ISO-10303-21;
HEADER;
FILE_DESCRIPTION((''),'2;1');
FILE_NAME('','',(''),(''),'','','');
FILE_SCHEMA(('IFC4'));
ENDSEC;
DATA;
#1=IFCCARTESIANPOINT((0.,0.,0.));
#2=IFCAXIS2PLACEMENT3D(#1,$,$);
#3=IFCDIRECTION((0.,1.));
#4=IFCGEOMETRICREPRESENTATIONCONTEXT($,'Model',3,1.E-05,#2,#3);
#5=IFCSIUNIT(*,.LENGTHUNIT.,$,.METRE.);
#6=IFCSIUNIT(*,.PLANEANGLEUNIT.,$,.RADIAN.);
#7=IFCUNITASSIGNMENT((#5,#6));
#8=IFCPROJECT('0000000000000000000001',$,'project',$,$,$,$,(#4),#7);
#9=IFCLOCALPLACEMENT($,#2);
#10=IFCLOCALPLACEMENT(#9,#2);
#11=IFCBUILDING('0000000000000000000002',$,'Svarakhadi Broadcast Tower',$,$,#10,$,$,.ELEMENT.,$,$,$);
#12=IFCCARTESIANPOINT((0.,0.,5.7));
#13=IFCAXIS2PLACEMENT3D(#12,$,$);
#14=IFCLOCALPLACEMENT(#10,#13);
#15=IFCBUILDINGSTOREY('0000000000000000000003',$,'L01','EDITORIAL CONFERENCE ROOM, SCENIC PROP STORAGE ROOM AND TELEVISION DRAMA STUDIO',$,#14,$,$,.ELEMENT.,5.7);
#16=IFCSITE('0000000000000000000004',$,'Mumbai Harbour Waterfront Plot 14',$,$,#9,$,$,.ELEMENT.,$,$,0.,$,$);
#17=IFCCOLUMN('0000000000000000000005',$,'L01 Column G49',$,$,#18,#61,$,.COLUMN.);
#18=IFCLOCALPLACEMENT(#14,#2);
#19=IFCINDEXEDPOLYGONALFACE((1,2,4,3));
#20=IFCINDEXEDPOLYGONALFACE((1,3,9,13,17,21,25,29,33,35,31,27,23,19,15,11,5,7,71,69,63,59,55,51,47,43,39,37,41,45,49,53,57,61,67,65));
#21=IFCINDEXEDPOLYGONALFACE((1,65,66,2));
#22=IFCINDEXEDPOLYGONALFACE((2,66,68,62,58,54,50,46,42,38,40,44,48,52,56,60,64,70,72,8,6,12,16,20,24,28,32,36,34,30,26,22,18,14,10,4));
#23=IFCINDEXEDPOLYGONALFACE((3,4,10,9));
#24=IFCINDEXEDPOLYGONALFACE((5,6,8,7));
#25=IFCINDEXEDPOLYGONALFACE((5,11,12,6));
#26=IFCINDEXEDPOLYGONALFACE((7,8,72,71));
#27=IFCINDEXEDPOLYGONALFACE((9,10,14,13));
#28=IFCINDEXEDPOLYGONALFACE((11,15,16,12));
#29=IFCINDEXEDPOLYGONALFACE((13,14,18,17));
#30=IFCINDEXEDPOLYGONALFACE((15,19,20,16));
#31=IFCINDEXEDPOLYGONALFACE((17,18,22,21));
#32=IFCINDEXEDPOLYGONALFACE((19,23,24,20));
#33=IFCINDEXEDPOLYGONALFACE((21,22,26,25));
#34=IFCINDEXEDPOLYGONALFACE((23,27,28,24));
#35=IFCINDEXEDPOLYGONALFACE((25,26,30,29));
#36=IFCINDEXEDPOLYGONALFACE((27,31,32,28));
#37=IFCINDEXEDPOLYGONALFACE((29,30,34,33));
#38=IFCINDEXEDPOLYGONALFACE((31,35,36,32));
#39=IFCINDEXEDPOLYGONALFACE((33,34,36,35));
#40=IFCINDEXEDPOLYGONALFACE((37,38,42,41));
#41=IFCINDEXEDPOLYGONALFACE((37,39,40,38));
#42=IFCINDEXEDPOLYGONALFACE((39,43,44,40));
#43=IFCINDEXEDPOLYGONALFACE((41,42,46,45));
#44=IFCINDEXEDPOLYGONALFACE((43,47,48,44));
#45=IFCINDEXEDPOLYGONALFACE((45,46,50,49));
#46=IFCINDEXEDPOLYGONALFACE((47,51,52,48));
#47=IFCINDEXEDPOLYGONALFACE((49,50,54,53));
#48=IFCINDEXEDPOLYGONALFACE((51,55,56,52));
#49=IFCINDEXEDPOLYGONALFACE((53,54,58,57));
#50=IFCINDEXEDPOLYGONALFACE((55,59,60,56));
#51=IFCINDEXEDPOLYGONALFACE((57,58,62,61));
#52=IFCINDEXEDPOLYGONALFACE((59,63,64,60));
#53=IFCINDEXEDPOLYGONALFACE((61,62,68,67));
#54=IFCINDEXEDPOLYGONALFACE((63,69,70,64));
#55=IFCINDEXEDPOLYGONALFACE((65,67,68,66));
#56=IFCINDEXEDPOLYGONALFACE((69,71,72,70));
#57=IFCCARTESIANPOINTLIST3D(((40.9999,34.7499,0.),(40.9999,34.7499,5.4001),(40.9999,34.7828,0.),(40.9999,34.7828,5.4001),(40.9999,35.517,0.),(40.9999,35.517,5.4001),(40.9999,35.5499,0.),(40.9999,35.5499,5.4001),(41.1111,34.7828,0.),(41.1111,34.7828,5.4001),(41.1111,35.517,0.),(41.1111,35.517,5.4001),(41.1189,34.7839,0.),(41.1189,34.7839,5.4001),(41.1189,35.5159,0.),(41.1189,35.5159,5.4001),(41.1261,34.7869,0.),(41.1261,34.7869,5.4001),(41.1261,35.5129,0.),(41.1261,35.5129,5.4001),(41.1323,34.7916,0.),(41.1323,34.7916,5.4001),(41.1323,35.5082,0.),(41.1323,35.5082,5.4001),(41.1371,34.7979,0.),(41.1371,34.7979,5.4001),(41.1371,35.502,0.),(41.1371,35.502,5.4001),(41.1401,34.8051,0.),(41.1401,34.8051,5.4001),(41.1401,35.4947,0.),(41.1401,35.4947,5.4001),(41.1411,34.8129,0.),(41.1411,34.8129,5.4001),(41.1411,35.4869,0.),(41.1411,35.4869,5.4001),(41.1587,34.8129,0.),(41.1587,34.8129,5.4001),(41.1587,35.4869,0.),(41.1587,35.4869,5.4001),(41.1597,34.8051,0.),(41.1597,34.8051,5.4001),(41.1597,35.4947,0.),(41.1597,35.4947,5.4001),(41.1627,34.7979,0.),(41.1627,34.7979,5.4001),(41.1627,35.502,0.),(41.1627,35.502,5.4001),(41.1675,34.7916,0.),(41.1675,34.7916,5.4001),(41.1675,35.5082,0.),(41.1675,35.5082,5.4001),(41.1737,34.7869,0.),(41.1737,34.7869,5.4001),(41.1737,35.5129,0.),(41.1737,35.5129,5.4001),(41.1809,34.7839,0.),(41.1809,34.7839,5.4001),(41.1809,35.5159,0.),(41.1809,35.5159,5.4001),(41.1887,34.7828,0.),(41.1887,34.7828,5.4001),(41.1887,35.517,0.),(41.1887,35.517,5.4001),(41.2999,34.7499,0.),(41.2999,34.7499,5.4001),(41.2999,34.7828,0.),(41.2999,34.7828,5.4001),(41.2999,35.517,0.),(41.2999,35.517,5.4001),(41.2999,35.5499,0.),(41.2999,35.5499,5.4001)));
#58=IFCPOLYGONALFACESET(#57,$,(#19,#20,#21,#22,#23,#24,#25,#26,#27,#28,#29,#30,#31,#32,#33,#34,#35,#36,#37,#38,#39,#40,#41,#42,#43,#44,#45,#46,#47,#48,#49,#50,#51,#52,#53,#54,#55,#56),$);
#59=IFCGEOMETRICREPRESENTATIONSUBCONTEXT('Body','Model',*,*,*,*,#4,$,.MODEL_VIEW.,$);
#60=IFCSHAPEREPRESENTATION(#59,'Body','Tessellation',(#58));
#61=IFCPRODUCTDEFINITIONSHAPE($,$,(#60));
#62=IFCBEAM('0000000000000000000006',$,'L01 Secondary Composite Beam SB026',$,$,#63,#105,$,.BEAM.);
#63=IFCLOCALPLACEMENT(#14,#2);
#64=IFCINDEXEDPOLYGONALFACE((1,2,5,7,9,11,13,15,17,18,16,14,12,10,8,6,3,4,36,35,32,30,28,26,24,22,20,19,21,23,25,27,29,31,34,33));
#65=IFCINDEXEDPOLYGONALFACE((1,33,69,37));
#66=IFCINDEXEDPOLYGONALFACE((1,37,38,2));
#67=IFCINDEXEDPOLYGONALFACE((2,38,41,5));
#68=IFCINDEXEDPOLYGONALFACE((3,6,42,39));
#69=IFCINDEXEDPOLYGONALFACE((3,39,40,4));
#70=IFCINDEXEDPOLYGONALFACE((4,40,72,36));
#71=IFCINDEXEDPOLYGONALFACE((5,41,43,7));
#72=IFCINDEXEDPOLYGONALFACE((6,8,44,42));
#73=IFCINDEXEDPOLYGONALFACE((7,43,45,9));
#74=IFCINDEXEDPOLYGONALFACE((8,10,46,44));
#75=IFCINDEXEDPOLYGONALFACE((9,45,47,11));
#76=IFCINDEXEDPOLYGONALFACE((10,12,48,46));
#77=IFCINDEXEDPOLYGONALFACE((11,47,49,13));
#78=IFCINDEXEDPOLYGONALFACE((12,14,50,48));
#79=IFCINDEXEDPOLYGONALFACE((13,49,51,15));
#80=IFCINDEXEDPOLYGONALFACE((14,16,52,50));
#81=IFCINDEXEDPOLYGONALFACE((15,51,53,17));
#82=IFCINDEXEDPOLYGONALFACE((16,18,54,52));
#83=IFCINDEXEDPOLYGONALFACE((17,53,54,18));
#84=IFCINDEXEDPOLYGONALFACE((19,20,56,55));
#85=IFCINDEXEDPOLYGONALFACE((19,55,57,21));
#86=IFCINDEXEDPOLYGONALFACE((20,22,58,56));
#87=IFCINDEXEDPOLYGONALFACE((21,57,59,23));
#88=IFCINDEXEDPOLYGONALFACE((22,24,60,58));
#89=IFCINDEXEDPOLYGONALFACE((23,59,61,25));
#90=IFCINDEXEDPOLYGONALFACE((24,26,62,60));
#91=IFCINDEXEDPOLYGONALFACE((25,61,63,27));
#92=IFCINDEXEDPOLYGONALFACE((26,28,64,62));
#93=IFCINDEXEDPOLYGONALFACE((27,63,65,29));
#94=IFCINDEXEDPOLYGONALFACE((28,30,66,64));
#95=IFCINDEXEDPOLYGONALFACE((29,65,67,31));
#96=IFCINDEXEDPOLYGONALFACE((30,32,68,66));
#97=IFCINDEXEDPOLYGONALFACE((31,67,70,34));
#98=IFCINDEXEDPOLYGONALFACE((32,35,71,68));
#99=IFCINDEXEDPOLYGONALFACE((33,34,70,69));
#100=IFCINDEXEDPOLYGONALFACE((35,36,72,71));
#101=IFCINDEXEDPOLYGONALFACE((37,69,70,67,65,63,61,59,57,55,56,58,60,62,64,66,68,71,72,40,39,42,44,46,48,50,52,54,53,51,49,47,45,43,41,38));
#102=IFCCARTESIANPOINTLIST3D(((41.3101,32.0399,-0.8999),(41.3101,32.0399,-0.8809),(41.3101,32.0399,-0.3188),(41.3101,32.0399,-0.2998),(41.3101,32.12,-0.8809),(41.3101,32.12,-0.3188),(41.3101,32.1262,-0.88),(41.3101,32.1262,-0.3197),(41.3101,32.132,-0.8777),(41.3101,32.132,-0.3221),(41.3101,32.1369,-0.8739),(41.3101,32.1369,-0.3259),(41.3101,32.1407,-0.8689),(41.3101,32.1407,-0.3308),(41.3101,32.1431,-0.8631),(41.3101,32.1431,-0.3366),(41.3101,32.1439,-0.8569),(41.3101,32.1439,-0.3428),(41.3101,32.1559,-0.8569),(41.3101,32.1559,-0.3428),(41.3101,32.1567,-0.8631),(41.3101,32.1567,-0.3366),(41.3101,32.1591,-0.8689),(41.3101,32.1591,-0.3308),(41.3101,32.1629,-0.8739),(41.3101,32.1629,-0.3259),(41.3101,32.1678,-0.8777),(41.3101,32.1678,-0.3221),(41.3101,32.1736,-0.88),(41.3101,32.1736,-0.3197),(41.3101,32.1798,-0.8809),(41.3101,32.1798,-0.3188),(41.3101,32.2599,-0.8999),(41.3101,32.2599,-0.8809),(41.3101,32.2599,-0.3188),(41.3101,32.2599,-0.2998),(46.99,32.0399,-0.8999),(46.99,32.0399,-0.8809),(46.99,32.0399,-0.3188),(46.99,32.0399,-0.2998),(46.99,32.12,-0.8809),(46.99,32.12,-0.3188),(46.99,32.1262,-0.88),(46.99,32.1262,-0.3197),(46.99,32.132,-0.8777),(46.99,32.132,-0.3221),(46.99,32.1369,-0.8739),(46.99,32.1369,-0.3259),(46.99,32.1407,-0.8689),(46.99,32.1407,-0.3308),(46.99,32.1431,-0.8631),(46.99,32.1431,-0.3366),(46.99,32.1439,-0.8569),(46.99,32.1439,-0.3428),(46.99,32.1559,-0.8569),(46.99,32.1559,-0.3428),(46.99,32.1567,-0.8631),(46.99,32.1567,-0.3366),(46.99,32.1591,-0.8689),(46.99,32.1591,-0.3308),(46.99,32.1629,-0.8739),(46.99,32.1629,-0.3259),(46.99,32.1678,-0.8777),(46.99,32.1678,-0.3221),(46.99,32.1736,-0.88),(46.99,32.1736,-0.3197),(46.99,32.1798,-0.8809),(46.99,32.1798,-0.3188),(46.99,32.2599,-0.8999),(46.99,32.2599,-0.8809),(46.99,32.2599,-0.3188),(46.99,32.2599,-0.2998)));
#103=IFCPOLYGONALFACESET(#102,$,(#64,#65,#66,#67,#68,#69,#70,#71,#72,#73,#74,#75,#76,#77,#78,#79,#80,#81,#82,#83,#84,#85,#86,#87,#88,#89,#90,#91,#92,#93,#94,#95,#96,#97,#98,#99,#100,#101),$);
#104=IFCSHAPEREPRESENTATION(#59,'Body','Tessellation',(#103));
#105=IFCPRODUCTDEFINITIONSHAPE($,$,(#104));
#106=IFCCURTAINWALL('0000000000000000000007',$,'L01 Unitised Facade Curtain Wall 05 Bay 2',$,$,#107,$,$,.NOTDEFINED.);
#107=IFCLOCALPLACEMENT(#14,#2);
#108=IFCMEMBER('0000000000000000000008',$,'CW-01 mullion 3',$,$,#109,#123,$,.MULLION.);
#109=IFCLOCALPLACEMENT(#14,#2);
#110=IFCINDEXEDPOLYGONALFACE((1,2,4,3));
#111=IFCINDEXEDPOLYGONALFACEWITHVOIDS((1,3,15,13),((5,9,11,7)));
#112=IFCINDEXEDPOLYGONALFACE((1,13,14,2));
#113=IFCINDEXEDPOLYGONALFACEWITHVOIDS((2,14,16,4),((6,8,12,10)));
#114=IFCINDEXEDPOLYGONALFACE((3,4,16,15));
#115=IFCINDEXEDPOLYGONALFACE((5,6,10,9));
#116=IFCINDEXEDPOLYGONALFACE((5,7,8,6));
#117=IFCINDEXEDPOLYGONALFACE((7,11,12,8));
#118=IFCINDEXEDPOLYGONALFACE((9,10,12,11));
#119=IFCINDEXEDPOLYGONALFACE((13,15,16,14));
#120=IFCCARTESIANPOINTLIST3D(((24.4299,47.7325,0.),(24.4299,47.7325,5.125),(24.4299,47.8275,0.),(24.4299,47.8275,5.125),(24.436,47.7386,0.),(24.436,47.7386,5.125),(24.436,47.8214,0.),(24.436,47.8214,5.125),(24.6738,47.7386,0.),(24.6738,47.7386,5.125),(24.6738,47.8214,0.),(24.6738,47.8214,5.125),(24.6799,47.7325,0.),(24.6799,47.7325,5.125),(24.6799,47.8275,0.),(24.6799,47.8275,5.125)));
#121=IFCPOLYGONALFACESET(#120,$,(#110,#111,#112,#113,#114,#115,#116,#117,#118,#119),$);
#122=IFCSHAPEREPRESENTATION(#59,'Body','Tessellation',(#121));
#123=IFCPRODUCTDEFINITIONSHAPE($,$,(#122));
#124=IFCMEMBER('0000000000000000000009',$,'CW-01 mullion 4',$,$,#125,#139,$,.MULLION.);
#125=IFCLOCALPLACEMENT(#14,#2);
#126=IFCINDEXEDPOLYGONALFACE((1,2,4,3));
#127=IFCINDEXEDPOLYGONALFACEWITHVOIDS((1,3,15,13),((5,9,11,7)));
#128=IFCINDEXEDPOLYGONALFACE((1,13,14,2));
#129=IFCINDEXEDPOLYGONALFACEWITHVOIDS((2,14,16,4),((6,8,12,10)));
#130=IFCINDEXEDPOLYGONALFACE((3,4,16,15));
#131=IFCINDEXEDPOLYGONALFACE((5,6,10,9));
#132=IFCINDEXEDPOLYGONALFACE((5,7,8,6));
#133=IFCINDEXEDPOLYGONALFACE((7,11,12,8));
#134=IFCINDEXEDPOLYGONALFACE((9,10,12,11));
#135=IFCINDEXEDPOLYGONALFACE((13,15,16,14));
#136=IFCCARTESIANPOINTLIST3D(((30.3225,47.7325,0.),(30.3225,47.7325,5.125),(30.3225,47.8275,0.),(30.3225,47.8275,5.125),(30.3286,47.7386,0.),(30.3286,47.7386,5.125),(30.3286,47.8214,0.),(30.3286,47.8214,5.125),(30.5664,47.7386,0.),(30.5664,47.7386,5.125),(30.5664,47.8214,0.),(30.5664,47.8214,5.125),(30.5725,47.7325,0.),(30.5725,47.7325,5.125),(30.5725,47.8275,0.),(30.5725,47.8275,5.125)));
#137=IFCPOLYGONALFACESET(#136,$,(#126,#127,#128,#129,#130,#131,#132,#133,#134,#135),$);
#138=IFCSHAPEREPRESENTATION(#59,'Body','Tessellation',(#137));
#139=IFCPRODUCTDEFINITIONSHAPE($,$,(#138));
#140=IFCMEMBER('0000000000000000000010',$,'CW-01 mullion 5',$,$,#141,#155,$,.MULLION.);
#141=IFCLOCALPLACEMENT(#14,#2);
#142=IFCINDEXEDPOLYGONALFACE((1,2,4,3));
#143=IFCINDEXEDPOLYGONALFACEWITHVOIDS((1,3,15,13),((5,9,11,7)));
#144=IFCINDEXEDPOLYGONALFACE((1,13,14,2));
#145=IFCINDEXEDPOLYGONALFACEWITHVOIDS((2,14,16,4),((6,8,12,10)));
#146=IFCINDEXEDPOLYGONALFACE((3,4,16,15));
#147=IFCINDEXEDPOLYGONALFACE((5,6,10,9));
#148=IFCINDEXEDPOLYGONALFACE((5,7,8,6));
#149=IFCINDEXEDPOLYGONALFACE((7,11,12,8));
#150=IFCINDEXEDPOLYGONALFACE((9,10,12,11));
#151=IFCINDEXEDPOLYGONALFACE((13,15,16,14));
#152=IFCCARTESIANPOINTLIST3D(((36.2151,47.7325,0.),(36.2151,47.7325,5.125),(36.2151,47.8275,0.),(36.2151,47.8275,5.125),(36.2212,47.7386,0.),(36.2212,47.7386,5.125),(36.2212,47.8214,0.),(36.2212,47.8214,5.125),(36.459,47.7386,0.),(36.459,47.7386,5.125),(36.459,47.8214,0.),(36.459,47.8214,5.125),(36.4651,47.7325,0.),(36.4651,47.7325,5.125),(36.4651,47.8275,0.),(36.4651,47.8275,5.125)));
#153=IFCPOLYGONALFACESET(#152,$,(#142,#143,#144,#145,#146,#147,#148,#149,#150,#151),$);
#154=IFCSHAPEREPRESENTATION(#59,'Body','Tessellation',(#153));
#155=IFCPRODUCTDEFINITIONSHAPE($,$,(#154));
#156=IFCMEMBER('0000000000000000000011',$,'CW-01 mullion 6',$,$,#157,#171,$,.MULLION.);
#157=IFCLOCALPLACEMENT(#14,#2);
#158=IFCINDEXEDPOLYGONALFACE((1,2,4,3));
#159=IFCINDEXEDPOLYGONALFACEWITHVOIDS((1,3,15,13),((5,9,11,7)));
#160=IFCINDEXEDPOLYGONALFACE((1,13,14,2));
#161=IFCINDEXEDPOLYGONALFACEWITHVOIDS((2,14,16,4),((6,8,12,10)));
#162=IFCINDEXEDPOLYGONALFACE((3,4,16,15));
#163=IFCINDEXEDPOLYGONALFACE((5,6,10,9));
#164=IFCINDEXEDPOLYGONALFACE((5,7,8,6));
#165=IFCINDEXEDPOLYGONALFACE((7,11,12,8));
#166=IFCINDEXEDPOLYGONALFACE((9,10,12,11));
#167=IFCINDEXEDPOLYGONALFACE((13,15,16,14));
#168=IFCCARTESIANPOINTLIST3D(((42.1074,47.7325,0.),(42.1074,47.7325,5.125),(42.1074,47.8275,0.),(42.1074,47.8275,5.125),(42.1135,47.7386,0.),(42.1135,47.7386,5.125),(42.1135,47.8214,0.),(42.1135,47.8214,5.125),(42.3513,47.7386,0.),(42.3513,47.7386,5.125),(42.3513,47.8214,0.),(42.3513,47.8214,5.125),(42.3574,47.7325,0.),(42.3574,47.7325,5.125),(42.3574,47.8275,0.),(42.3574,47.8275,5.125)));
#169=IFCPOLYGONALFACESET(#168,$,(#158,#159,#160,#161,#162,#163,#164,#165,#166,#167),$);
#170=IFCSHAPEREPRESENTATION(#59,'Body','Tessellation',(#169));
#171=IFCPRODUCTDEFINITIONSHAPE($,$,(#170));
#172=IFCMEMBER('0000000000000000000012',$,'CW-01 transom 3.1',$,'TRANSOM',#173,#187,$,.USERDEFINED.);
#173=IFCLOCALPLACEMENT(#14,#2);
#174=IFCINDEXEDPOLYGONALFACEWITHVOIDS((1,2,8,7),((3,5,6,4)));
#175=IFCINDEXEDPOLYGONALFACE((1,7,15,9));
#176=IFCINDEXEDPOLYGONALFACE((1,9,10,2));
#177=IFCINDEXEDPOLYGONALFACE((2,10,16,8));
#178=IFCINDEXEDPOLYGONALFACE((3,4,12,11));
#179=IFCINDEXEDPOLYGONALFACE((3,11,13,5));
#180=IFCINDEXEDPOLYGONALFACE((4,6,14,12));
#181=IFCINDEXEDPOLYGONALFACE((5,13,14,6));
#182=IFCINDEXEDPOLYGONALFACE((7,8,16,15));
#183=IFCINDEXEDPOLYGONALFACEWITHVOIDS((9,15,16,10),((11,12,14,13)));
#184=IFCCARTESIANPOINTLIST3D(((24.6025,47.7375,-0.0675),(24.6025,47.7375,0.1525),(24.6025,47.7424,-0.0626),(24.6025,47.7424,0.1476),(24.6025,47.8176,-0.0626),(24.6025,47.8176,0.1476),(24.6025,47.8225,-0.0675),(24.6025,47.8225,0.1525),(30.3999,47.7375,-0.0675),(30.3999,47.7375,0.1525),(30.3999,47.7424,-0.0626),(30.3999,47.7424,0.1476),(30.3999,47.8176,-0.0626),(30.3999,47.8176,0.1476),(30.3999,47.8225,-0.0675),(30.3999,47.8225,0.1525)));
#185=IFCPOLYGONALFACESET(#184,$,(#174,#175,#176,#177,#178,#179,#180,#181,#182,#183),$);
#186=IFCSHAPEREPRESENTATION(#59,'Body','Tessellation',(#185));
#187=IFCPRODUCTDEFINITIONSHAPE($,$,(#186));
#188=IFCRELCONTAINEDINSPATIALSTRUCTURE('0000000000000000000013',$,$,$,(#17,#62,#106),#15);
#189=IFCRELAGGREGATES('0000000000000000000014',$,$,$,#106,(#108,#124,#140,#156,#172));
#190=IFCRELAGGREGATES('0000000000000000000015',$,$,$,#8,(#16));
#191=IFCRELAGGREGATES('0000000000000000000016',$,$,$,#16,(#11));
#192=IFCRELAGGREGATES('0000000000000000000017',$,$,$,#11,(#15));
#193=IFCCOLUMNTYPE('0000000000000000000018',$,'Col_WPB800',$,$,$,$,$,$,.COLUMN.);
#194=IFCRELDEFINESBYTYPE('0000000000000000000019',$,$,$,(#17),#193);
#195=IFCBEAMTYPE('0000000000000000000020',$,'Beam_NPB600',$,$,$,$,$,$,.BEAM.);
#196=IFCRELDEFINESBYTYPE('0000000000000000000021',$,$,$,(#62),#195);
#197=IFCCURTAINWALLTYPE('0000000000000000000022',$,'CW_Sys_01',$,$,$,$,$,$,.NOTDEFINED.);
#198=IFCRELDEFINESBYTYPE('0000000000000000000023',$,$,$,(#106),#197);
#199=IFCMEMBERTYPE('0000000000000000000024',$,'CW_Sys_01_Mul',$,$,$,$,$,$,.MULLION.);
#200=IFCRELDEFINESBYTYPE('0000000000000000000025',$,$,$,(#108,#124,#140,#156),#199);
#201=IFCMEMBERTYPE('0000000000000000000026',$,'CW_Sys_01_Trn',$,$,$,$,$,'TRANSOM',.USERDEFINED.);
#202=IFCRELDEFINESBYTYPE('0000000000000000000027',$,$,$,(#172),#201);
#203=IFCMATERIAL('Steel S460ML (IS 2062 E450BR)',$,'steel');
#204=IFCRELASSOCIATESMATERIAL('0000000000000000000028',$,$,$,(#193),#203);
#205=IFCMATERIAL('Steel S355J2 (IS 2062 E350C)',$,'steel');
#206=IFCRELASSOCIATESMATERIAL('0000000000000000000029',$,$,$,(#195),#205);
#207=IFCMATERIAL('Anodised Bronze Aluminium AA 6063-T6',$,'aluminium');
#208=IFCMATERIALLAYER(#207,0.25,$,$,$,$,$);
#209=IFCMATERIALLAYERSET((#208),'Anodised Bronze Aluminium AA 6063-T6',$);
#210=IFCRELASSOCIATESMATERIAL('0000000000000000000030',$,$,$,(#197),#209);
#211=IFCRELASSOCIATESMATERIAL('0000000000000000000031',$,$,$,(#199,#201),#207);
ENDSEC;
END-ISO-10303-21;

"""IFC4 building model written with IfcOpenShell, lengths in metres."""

from ifc_helpers import new_model, si_unit, direction, frame, origin, origin_2d, place, context, subcontext, project, spatial, hollow_rectangle, i_section, extrude, material, layer, layer_set, material_profile, profile_set, type_object, element, aggregate, save


model = new_model("IFC4")

# Units and contexts
model_context = context("Model", 3, precision=1e-05, world=origin(), true_north=direction((0.0, 1.0)))
body_context = subcontext(model_context, "Body", "Model", "MODEL_VIEW")
ifc_project = project(units=[si_unit("LENGTHUNIT", "METRE"), si_unit("PLANEANGLEUNIT", "RADIAN")], contexts=[model_context])

# Site, building, storey
site_placement = place(None, origin())
site = spatial("IfcSite", under=ifc_project, at=site_placement, Name="Mumbai Harbour Waterfront Plot 14", CompositionType="ELEMENT", RefElevation=0.0)
building_placement = place(site_placement, origin())
building = spatial("IfcBuilding", under=site, at=building_placement, Name="Svarakhadi Broadcast Tower", CompositionType="ELEMENT")
storey_placement = place(building_placement, frame((0.0, 0.0, 5.7)))
storey = spatial("IfcBuildingStorey", under=building, at=storey_placement, Name="L01", Description="EDITORIAL CONFERENCE ROOM, SCENIC PROP STORAGE ROOM AND TELEVISION DRAMA STUDIO", CompositionType="ELEMENT", Elevation=5.7)

# Column
ifc_material_1 = material(Name="Steel S460ML (IS 2062 E450BR)", Category="steel")
ifc_material_profile_1 = material_profile(ifc_material_1, i_section(OverallWidth=0.3, OverallDepth=0.8, WebThickness=0.0176, FlangeThickness=0.033, FilletRadius=0.03, at=origin_2d()), Name="WPB 800x300x262")
ifc_profile_set_1 = profile_set([ifc_material_profile_1], Name="Steel S460ML (IS 2062 E450BR)")
column_type = type_object("IfcColumnType", Name="Col_WPB800", PredefinedType="COLUMN", material=ifc_profile_set_1)
column_placement = place(storey_placement, frame((41.1499, 35.1499, 0.0), z_axis=(0.0, 0.0, 1.0), x_axis=(1.0, 0.0, 0.0)))
element("IfcColumn", 1, at=column_placement, inside=storey, type_object=column_type, Name="L01 Column G49", PredefinedType="COLUMN", context=body_context, shape_type="SweptSolid", body=[
    extrude(i_section(OverallWidth=0.3, OverallDepth=0.8, WebThickness=0.0176, FlangeThickness=0.033, FilletRadius=0.03, at=origin_2d()), origin(), (0.0, 0.0, 1.0), 5.4001),
])

# Beam
ifc_material_2 = material(Name="Steel S355J2 (IS 2062 E350C)", Category="steel")
ifc_material_profile_2 = material_profile(ifc_material_2, i_section(OverallWidth=0.22, OverallDepth=0.6001, WebThickness=0.012, FlangeThickness=0.019, FilletRadius=0.0239, at=origin_2d()), Name="NPB 600x220x122")
ifc_profile_set_2 = profile_set([ifc_material_profile_2], Name="Steel S355J2 (IS 2062 E350C)")
beam_type_1 = type_object("IfcBeamType", Name="Beam_NPB600", PredefinedType="BEAM", material=ifc_profile_set_2)
beam_1_placement = place(storey_placement, frame((41.3101, 32.1499, -0.5999), z_axis=(1.0, 0.0, 0.0), x_axis=(0.0, 1.0, 0.0)))
element("IfcBeam", 2, at=beam_1_placement, inside=storey, type_object=beam_type_1, Name="L01 Secondary Composite Beam SB026", PredefinedType="BEAM", context=body_context, shape_type="SweptSolid", body=[
    extrude(i_section(OverallWidth=0.22, OverallDepth=0.6001, WebThickness=0.012, FlangeThickness=0.019, FilletRadius=0.0239, at=origin_2d()), origin(), (0.0, 0.0, 1.0), 5.6799),
])

# Curtain wall, members
ifc_material_3 = material(Name="Anodised Bronze Aluminium AA 6063-T6", Category="aluminium")
ifc_layer_1 = layer(ifc_material_3, 0.25)
ifc_layer_set_1 = layer_set([ifc_layer_1], Name="Anodised Bronze Aluminium AA 6063-T6")
curtain_wall_type = type_object("IfcCurtainWallType", Name="CW_Sys_01", PredefinedType="NOTDEFINED", material=ifc_layer_set_1)
curtain_wall_placement = place(storey_placement, origin())
curtain_wall = element("IfcCurtainWall", 3, at=curtain_wall_placement, inside=storey, type_object=curtain_wall_type, Name="L01 Unitised Facade Curtain Wall 05 Bay 2", PredefinedType="NOTDEFINED")
ifc_material_profile_3 = material_profile(ifc_material_3, hollow_rectangle(XDim=0.095, YDim=0.25, WallThickness=0.0061, at=origin_2d()), Name="ALU MULLION 250x95x6")
ifc_profile_set_3 = profile_set([ifc_material_profile_3], Name="Anodised Bronze Aluminium AA 6063-T6")
member_type_1 = type_object("IfcMemberType", Name="CW_Sys_01_Mul", PredefinedType="MULLION", material=ifc_profile_set_3)
member_1_placement = place(storey_placement, frame((24.5549, 47.78, 0.0), z_axis=(0.0, 0.0, 1.0), x_axis=(0.0, 1.0, 0.0)))
member_1 = element("IfcMember", 4, at=member_1_placement, type_object=member_type_1, Name="CW-01 mullion 3", PredefinedType="MULLION", context=body_context, shape_type="SweptSolid", body=[
    extrude(hollow_rectangle(XDim=0.095, YDim=0.25, WallThickness=0.0061, at=origin_2d()), origin(), (0.0, 0.0, 1.0), 5.125),
])
member_2_placement = place(storey_placement, frame((30.4475, 47.78, 0.0), z_axis=(0.0, 0.0, 1.0), x_axis=(0.0, 1.0, 0.0)))
member_2 = element("IfcMember", 5, at=member_2_placement, type_object=member_type_1, Name="CW-01 mullion 4", PredefinedType="MULLION", context=body_context, shape_type="SweptSolid", body=[
    extrude(hollow_rectangle(XDim=0.095, YDim=0.25, WallThickness=0.0061, at=origin_2d()), origin(), (0.0, 0.0, 1.0), 5.125),
])
member_3_placement = place(storey_placement, frame((36.3401, 47.78, 0.0), z_axis=(0.0, 0.0, 1.0), x_axis=(0.0, 1.0, 0.0)))
member_3 = element("IfcMember", 6, at=member_3_placement, type_object=member_type_1, Name="CW-01 mullion 5", PredefinedType="MULLION", context=body_context, shape_type="SweptSolid", body=[
    extrude(hollow_rectangle(XDim=0.095, YDim=0.25, WallThickness=0.0061, at=origin_2d()), origin(), (0.0, 0.0, 1.0), 5.125),
])
member_4_placement = place(storey_placement, frame((42.2324, 47.78, 0.0), z_axis=(0.0, 0.0, 1.0), x_axis=(0.0, 1.0, 0.0)))
member_4 = element("IfcMember", 7, at=member_4_placement, type_object=member_type_1, Name="CW-01 mullion 6", PredefinedType="MULLION", context=body_context, shape_type="SweptSolid", body=[
    extrude(hollow_rectangle(XDim=0.095, YDim=0.25, WallThickness=0.0061, at=origin_2d()), origin(), (0.0, 0.0, 1.0), 5.125),
])
ifc_material_profile_4 = material_profile(ifc_material_3, hollow_rectangle(XDim=0.085, YDim=0.22, WallThickness=0.0049, at=origin_2d()), Name="ALU TRANSOM 220x85x5")
ifc_profile_set_4 = profile_set([ifc_material_profile_4], Name="Anodised Bronze Aluminium AA 6063-T6")
member_type_2 = type_object("IfcMemberType", Name="CW_Sys_01_Trn", ElementType="TRANSOM", PredefinedType="USERDEFINED", material=ifc_profile_set_4)
member_5_placement = place(storey_placement, frame((24.6025, 47.78, 0.0425), z_axis=(1.0, 0.0, 0.0), x_axis=(0.0, 1.0, 0.0)))
member_5 = element("IfcMember", 8, at=member_5_placement, type_object=member_type_2, Name="CW-01 transom 3.1", ObjectType="TRANSOM", PredefinedType="USERDEFINED", context=body_context, shape_type="SweptSolid", body=[
    extrude(hollow_rectangle(XDim=0.085, YDim=0.22, WallThickness=0.0049, at=origin_2d()), origin(), (0.0, 0.0, 1.0), 5.7974),
])

aggregate(curtain_wall, [member_1, member_2, member_3, member_4, member_5])

save(model, "model.ifc")
